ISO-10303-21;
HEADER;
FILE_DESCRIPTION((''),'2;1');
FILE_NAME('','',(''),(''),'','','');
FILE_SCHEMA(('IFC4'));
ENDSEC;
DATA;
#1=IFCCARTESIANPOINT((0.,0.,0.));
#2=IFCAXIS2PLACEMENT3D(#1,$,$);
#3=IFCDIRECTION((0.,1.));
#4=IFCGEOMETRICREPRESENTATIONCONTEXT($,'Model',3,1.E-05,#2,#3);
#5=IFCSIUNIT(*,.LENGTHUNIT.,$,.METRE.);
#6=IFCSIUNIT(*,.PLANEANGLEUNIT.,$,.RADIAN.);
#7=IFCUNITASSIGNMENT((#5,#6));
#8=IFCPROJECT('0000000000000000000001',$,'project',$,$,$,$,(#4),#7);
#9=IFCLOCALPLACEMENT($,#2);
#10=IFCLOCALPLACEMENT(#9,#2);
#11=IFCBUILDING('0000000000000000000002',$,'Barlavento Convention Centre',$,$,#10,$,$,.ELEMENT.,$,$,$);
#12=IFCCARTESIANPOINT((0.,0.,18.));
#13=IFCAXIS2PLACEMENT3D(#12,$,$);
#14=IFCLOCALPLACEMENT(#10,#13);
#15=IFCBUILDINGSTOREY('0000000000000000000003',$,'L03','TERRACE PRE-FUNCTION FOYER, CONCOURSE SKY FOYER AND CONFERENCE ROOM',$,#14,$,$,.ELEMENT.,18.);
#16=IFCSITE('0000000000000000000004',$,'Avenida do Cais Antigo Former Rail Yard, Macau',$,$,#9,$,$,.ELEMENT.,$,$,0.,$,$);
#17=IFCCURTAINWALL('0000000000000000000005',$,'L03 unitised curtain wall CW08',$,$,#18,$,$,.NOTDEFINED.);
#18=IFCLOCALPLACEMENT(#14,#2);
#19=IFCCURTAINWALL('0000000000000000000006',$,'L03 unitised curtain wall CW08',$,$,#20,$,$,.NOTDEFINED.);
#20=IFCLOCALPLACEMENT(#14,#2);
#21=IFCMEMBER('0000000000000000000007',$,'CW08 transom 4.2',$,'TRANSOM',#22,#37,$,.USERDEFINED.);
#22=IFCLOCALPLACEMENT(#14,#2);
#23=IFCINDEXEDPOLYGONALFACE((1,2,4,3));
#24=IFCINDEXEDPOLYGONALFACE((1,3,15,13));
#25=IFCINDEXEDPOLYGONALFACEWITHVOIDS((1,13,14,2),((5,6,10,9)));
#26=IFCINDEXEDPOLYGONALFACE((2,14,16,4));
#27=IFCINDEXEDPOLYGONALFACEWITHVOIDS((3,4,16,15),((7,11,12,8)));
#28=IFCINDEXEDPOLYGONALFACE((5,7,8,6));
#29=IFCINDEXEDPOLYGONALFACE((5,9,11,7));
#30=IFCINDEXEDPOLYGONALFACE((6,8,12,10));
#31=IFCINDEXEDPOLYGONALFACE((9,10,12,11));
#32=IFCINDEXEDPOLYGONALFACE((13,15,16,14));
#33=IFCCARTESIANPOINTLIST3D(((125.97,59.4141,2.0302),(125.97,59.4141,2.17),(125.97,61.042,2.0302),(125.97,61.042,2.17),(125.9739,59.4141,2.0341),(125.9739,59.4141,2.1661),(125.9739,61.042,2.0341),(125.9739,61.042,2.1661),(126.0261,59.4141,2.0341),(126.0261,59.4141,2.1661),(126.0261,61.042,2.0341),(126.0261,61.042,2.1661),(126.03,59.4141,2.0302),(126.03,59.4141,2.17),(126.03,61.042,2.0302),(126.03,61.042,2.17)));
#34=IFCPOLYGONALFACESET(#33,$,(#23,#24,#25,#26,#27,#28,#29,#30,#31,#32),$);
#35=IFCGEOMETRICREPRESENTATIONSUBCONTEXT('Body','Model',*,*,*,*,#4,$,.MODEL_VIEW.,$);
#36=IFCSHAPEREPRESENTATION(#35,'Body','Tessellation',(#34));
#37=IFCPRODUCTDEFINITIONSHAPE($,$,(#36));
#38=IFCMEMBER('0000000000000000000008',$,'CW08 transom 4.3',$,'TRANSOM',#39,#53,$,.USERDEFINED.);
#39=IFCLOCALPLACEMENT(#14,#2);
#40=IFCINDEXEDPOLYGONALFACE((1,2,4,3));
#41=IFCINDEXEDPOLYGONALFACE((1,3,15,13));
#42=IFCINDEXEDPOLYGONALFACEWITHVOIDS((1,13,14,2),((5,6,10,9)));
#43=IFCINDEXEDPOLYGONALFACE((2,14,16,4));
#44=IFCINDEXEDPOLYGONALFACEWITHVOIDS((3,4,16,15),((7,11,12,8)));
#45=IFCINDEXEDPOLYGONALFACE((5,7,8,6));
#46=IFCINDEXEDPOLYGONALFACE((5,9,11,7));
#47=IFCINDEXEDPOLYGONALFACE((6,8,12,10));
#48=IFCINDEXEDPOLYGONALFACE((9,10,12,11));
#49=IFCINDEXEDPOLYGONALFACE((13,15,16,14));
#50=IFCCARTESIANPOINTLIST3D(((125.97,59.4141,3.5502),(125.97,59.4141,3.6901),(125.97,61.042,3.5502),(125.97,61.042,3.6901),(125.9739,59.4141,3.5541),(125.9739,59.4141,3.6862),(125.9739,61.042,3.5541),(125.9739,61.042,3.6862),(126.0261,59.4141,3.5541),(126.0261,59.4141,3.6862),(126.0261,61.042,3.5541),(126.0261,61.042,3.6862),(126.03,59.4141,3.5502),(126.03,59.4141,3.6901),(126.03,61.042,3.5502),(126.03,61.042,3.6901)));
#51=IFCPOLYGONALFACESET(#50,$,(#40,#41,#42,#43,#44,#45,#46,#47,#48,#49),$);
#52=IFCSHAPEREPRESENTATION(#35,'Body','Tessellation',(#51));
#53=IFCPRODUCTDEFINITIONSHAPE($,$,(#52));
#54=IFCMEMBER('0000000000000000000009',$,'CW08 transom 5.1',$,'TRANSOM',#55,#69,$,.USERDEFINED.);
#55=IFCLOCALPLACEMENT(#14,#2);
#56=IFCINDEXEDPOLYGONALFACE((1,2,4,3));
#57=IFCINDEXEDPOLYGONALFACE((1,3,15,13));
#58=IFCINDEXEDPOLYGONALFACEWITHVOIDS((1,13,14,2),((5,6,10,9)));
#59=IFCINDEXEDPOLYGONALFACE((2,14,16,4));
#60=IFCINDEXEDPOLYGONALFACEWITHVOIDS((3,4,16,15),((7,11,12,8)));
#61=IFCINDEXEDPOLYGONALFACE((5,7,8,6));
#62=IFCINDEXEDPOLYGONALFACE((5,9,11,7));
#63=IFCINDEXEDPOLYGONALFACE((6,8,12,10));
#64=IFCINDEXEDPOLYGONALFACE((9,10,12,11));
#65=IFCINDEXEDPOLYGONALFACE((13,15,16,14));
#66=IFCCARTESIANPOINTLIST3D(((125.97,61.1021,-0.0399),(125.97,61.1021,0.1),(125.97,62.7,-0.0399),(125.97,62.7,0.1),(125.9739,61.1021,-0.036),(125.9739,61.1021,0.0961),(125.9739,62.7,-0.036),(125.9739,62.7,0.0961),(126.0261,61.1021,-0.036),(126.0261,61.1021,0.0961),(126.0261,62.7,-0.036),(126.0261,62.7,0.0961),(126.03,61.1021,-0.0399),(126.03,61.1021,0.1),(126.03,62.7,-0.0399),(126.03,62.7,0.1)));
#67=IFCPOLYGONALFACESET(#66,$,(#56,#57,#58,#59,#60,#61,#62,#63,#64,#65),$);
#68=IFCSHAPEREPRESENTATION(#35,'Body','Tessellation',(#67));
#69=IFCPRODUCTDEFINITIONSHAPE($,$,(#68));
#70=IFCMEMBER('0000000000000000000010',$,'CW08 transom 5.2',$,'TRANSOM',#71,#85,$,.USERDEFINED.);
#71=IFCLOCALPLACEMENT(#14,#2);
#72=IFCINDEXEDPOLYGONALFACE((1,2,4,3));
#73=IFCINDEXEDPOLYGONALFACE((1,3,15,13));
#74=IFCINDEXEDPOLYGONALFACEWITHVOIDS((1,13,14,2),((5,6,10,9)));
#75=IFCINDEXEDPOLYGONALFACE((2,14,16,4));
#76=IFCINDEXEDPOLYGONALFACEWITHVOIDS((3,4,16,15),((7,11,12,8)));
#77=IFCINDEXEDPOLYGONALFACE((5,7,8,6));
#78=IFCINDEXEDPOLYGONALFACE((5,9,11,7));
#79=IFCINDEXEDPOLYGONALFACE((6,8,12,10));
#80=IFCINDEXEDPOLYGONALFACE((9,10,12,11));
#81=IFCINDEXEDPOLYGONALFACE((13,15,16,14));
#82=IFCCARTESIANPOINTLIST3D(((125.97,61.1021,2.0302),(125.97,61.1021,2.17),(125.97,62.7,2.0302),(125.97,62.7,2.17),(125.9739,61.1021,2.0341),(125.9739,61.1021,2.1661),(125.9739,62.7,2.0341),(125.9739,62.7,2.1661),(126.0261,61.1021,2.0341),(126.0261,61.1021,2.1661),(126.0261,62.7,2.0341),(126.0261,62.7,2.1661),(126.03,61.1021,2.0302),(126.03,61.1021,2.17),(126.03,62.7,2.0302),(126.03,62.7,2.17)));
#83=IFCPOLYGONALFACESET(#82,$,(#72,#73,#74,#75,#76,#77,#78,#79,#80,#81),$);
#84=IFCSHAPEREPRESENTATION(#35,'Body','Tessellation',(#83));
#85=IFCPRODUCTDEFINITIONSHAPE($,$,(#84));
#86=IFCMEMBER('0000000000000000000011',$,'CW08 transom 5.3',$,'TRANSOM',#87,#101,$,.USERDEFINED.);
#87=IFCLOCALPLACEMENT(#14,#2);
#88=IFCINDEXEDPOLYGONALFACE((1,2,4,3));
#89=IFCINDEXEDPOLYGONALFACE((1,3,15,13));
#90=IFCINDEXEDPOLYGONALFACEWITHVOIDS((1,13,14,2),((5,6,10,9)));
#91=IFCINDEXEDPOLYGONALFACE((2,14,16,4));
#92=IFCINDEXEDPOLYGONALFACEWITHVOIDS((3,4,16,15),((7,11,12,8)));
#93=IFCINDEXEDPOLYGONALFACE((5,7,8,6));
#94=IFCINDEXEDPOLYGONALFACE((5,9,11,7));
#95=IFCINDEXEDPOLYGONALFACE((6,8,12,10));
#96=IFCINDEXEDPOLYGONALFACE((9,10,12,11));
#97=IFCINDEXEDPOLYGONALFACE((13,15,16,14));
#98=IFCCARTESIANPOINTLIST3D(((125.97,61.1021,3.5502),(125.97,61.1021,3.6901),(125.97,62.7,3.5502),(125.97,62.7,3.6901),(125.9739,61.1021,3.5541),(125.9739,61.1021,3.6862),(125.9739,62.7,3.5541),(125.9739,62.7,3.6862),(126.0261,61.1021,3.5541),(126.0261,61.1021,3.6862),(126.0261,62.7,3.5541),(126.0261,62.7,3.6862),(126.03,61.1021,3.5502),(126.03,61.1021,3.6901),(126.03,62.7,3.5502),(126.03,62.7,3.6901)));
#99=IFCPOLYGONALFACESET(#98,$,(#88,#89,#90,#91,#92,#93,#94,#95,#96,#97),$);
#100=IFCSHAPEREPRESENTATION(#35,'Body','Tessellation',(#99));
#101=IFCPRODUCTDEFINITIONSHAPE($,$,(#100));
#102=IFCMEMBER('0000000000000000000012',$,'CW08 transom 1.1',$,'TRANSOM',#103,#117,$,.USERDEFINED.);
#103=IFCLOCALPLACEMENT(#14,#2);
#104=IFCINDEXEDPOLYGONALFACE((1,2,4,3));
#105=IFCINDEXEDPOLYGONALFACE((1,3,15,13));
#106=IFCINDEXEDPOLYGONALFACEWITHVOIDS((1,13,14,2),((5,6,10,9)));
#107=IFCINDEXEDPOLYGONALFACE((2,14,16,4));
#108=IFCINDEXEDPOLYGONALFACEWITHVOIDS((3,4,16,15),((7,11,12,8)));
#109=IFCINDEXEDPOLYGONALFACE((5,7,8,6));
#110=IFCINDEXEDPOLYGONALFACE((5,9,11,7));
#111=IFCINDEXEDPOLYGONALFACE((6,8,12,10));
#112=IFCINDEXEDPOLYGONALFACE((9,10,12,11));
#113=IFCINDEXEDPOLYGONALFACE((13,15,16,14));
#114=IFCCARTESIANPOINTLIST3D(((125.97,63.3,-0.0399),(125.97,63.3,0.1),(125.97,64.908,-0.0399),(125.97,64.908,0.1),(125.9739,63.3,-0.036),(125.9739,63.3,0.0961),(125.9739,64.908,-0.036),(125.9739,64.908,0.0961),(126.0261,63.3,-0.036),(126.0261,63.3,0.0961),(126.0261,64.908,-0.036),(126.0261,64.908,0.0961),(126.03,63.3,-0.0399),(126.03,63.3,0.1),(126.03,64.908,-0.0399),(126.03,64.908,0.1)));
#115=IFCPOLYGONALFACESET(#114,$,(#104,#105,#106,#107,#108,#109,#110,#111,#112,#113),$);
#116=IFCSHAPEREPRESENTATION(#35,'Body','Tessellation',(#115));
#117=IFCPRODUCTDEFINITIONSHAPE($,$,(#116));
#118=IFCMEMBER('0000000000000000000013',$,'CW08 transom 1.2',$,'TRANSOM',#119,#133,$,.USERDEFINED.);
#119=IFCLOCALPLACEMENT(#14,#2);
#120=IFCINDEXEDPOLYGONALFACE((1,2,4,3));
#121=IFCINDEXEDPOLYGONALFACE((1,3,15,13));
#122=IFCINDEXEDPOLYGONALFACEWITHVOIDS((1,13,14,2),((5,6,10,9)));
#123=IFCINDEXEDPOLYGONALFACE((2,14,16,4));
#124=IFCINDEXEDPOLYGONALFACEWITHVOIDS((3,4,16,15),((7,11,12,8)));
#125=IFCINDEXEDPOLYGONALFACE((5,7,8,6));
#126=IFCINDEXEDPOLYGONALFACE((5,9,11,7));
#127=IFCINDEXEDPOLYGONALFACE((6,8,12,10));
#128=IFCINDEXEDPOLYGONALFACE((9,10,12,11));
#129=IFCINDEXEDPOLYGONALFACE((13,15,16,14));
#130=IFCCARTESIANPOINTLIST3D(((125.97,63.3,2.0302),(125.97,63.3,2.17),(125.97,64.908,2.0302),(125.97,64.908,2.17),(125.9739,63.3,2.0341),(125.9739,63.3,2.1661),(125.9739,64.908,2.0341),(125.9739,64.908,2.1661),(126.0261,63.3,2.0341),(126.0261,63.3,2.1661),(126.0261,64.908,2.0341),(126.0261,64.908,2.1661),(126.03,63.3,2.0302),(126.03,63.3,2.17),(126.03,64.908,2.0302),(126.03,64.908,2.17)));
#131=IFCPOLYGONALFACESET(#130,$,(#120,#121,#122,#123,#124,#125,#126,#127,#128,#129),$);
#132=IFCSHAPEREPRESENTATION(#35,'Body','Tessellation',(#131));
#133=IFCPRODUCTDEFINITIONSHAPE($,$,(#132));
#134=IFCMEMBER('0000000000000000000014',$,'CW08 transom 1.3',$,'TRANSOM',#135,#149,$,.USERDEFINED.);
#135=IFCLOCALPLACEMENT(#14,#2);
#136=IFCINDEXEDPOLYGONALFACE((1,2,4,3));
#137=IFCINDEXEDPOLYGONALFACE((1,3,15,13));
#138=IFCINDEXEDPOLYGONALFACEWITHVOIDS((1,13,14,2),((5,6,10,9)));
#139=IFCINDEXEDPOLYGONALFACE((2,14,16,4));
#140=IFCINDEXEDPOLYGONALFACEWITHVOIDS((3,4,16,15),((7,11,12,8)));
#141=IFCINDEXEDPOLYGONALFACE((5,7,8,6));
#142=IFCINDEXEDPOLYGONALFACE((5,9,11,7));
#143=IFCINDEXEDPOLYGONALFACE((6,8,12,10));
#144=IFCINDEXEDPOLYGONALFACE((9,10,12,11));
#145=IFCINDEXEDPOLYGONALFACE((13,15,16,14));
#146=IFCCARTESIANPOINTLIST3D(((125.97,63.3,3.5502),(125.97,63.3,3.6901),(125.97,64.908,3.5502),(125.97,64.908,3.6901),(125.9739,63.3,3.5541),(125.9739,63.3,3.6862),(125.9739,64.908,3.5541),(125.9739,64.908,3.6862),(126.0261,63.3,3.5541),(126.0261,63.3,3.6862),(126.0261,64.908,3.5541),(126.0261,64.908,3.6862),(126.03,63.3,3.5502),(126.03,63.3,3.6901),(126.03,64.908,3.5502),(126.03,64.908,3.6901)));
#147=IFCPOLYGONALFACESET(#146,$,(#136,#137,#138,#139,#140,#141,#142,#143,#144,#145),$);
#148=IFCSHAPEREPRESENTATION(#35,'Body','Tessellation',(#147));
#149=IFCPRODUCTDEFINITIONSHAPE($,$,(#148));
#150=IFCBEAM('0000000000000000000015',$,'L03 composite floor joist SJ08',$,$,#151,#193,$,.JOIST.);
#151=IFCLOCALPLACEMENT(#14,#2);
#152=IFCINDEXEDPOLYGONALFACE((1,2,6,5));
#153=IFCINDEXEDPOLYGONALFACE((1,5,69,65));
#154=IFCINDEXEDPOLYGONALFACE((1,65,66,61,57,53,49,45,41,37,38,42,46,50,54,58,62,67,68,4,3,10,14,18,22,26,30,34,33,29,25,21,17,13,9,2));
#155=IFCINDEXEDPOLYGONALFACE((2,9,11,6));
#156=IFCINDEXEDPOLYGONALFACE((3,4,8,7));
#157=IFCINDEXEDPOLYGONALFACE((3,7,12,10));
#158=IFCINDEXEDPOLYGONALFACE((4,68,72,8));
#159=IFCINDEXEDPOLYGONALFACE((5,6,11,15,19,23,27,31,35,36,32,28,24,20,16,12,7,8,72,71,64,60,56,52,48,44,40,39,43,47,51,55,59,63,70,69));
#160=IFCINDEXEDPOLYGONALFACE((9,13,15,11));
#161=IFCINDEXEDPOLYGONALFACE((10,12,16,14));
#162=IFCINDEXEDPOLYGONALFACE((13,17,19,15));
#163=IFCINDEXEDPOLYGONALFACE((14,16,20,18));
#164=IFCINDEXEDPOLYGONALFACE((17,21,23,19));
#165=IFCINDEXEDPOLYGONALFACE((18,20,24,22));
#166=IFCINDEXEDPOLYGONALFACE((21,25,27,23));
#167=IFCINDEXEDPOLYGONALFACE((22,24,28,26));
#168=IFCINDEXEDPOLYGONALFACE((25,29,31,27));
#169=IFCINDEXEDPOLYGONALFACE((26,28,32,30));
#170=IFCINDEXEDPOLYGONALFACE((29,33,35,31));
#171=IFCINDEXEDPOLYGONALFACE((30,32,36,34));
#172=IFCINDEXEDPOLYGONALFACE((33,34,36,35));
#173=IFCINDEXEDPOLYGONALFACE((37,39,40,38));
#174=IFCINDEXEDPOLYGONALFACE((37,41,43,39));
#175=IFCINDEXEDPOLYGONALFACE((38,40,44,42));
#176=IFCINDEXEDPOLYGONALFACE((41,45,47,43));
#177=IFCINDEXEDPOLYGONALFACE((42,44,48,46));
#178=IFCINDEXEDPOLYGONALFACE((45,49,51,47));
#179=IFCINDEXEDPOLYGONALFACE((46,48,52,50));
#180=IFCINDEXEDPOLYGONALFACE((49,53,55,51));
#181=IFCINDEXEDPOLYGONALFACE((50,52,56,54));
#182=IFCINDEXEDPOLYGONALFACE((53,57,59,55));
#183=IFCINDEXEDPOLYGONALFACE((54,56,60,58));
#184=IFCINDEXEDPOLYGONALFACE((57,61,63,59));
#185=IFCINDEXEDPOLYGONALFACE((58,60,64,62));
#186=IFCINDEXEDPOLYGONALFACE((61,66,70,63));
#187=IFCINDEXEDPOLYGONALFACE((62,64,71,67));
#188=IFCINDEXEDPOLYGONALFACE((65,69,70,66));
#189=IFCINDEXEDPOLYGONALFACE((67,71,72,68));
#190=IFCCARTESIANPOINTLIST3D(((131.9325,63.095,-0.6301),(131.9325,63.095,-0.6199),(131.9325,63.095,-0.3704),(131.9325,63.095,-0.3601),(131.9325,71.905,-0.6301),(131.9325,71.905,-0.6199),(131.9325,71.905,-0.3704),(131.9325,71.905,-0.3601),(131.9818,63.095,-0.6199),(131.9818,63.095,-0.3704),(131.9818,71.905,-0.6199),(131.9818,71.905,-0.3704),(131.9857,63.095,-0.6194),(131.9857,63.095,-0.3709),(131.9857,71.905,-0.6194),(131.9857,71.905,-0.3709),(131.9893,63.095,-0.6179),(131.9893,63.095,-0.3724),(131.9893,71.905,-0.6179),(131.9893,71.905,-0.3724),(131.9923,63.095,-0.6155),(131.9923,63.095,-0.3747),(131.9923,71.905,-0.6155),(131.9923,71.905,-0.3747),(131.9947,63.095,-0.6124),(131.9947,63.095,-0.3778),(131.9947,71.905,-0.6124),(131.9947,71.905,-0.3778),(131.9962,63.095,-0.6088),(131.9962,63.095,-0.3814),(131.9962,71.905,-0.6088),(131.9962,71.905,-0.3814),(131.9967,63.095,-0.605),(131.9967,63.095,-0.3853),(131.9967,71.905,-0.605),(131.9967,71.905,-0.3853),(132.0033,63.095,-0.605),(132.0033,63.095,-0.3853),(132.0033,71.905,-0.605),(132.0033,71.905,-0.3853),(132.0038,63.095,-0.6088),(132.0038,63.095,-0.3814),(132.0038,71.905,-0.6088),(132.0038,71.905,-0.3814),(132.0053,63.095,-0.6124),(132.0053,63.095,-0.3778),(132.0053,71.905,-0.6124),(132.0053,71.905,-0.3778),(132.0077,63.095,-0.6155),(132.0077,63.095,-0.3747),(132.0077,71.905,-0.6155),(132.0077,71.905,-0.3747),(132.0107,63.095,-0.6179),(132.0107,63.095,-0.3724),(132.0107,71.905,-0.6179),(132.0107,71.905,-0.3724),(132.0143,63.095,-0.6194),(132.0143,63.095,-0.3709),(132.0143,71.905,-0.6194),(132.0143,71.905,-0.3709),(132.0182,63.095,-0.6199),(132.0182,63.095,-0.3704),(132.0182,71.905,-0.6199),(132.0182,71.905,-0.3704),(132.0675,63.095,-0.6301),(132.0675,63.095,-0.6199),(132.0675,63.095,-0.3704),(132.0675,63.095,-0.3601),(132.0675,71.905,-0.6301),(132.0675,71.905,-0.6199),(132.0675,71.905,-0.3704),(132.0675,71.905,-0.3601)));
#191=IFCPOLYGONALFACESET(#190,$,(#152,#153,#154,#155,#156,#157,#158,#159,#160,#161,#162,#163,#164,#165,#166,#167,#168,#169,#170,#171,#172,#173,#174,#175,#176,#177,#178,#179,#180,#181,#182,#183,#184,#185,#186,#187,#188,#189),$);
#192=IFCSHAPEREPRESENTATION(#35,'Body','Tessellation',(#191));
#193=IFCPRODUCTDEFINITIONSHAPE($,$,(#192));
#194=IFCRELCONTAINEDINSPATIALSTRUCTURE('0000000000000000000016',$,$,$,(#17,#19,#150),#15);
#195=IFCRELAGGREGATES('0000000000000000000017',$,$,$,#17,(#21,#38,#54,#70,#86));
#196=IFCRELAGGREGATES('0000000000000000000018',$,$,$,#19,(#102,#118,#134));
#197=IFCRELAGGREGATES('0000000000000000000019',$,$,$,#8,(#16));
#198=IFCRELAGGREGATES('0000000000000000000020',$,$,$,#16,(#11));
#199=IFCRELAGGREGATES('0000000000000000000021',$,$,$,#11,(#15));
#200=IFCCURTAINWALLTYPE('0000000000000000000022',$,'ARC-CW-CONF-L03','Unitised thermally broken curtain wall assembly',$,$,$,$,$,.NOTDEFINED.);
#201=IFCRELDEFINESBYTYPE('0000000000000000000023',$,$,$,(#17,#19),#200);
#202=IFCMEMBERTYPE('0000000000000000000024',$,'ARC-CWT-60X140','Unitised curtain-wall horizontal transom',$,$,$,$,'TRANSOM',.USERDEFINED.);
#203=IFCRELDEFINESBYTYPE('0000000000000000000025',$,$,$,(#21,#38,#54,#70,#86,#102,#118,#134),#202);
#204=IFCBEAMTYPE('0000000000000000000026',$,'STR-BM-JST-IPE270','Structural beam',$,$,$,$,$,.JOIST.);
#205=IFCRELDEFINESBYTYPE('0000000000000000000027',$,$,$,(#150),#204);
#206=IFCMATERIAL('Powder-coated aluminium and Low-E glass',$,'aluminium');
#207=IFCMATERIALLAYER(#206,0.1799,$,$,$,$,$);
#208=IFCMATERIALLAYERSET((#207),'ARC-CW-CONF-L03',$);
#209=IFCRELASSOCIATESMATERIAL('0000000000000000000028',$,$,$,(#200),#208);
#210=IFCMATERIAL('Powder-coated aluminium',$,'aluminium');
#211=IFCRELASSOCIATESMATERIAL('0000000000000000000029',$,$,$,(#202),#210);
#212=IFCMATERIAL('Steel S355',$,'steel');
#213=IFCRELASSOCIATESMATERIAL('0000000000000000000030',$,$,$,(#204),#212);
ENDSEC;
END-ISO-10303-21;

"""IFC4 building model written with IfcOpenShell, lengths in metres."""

from ifc_helpers import new_model, si_unit, direction, frame, origin, origin_2d, place, context, subcontext, project, spatial, hollow_rectangle, i_section, extrude, material, layer, layer_set, material_profile, profile_set, type_object, element, aggregate, save


model = new_model("IFC4")

# Units and contexts
model_context = context("Model", 3, precision=1e-05, world=origin(), true_north=direction((0.0, 1.0)))
body_context = subcontext(model_context, "Body", "Model", "MODEL_VIEW")
ifc_project = project(units=[si_unit("LENGTHUNIT", "METRE"), si_unit("PLANEANGLEUNIT", "RADIAN")], contexts=[model_context])

# Site, building, storey
site_placement = place(None, origin())
site = spatial("IfcSite", under=ifc_project, at=site_placement, Name="Avenida do Cais Antigo Former Rail Yard, Macau", CompositionType="ELEMENT", RefElevation=0.0)
building_placement = place(site_placement, origin())
building = spatial("IfcBuilding", under=site, at=building_placement, Name="Barlavento Convention Centre", CompositionType="ELEMENT")
storey_placement = place(building_placement, frame((0.0, 0.0, 18.0)))
storey = spatial("IfcBuildingStorey", under=building, at=storey_placement, Name="L03", Description="TERRACE PRE-FUNCTION FOYER, CONCOURSE SKY FOYER AND CONFERENCE ROOM", CompositionType="ELEMENT", Elevation=18.0)

# Shared definitions
ifc_material_1 = material(Name="Steel S355", Category="steel")

# Curtain wall
ifc_material_2 = material(Name="Powder-coated aluminium and Low-E glass", Category="aluminium")
ifc_layer_1 = layer(ifc_material_2, 0.1799)
ifc_layer_set_1 = layer_set([ifc_layer_1], Name="ARC-CW-CONF-L03")
curtain_wall_type = type_object("IfcCurtainWallType", Name="ARC-CW-CONF-L03", Description="Unitised thermally broken curtain wall assembly", PredefinedType="NOTDEFINED", material=ifc_layer_set_1)
curtain_wall_1_placement = place(storey_placement, origin())
curtain_wall_1 = element("IfcCurtainWall", 1, at=curtain_wall_1_placement, inside=storey, type_object=curtain_wall_type, Name="L03 unitised curtain wall CW08", PredefinedType="NOTDEFINED")
ifc_material_3 = material(Name="Powder-coated aluminium", Category="aluminium")

# Curtain wall
curtain_wall_2_placement = place(storey_placement, origin())
curtain_wall_2 = element("IfcCurtainWall", 2, at=curtain_wall_2_placement, inside=storey, type_object=curtain_wall_type, Name="L03 unitised curtain wall CW08", PredefinedType="NOTDEFINED")

# Members
ifc_material_profile_1 = material_profile(ifc_material_3, hollow_rectangle(XDim=0.0601, YDim=0.1399, WallThickness=0.0039, at=origin_2d()), Name="AL-TRAN 60x140x4")
ifc_profile_set_1 = profile_set([ifc_material_profile_1], Name="Powder-coated aluminium")
member_type_1 = type_object("IfcMemberType", Name="ARC-CWT-60X140", Description="Unitised curtain-wall horizontal transom", ElementType="TRANSOM", PredefinedType="USERDEFINED", material=ifc_profile_set_1)
member_1_placement = place(storey_placement, frame((126.0, 59.4141, 2.1001), z_axis=(0.0, 1.0, 0.0), x_axis=(-1.0, 0.0, 0.0)))
member_1 = element("IfcMember", 3, at=member_1_placement, type_object=member_type_1, Name="CW08 transom 4.2", ObjectType="TRANSOM", PredefinedType="USERDEFINED", context=body_context, shape_type="SweptSolid", body=[
    extrude(hollow_rectangle(XDim=0.0601, YDim=0.1399, WallThickness=0.0039, at=origin_2d()), origin(), (0.0, 0.0, 1.0), 1.6279),
])
member_2_placement = place(storey_placement, frame((126.0, 59.4141, 3.6201), z_axis=(0.0, 1.0, 0.0), x_axis=(-1.0, 0.0, 0.0)))
member_2 = element("IfcMember", 4, at=member_2_placement, type_object=member_type_1, Name="CW08 transom 4.3", ObjectType="TRANSOM", PredefinedType="USERDEFINED", context=body_context, shape_type="SweptSolid", body=[
    extrude(hollow_rectangle(XDim=0.0601, YDim=0.1399, WallThickness=0.0039, at=origin_2d()), origin(), (0.0, 0.0, 1.0), 1.6279),
])
member_3_placement = place(storey_placement, frame((126.0, 61.1021, 0.03), z_axis=(0.0, 1.0, 0.0), x_axis=(-1.0, 0.0, 0.0)))
member_3 = element("IfcMember", 5, at=member_3_placement, type_object=member_type_1, Name="CW08 transom 5.1", ObjectType="TRANSOM", PredefinedType="USERDEFINED", context=body_context, shape_type="SweptSolid", body=[
    extrude(hollow_rectangle(XDim=0.0601, YDim=0.1399, WallThickness=0.0039, at=origin_2d()), origin(), (0.0, 0.0, 1.0), 1.5979),
])
member_4_placement = place(storey_placement, frame((126.0, 61.1021, 2.1001), z_axis=(0.0, 1.0, 0.0), x_axis=(-1.0, 0.0, 0.0)))
member_4 = element("IfcMember", 6, at=member_4_placement, type_object=member_type_1, Name="CW08 transom 5.2", ObjectType="TRANSOM", PredefinedType="USERDEFINED", context=body_context, shape_type="SweptSolid", body=[
    extrude(hollow_rectangle(XDim=0.0601, YDim=0.1399, WallThickness=0.0039, at=origin_2d()), origin(), (0.0, 0.0, 1.0), 1.5979),
])
member_5_placement = place(storey_placement, frame((126.0, 61.1021, 3.6201), z_axis=(0.0, 1.0, 0.0), x_axis=(-1.0, 0.0, 0.0)))
member_5 = element("IfcMember", 7, at=member_5_placement, type_object=member_type_1, Name="CW08 transom 5.3", ObjectType="TRANSOM", PredefinedType="USERDEFINED", context=body_context, shape_type="SweptSolid", body=[
    extrude(hollow_rectangle(XDim=0.0601, YDim=0.1399, WallThickness=0.0039, at=origin_2d()), origin(), (0.0, 0.0, 1.0), 1.5979),
])
member_6_placement = place(storey_placement, frame((126.0, 63.3, 0.03), z_axis=(0.0, 1.0, 0.0), x_axis=(-1.0, 0.0, 0.0)))
member_6 = element("IfcMember", 8, at=member_6_placement, type_object=member_type_1, Name="CW08 transom 1.1", ObjectType="TRANSOM", PredefinedType="USERDEFINED", context=body_context, shape_type="SweptSolid", body=[
    extrude(hollow_rectangle(XDim=0.0601, YDim=0.1399, WallThickness=0.0039, at=origin_2d()), origin(), (0.0, 0.0, 1.0), 1.6079),
])
member_7_placement = place(storey_placement, frame((126.0, 63.3, 2.1001), z_axis=(0.0, 1.0, 0.0), x_axis=(-1.0, 0.0, 0.0)))
member_7 = element("IfcMember", 9, at=member_7_placement, type_object=member_type_1, Name="CW08 transom 1.2", ObjectType="TRANSOM", PredefinedType="USERDEFINED", context=body_context, shape_type="SweptSolid", body=[
    extrude(hollow_rectangle(XDim=0.0601, YDim=0.1399, WallThickness=0.0039, at=origin_2d()), origin(), (0.0, 0.0, 1.0), 1.6079),
])
member_8_placement = place(storey_placement, frame((126.0, 63.3, 3.6201), z_axis=(0.0, 1.0, 0.0), x_axis=(-1.0, 0.0, 0.0)))
member_8 = element("IfcMember", 10, at=member_8_placement, type_object=member_type_1, Name="CW08 transom 1.3", ObjectType="TRANSOM", PredefinedType="USERDEFINED", context=body_context, shape_type="SweptSolid", body=[
    extrude(hollow_rectangle(XDim=0.0601, YDim=0.1399, WallThickness=0.0039, at=origin_2d()), origin(), (0.0, 0.0, 1.0), 1.6079),
])

# Beam
ifc_material_profile_2 = material_profile(ifc_material_1, i_section(OverallWidth=0.135, OverallDepth=0.27, WebThickness=0.0066, FlangeThickness=0.0103, FilletRadius=0.0149, at=origin_2d()), Name="IPE 270")
ifc_profile_set_2 = profile_set([ifc_material_profile_2], Name="Steel S355")
beam_type_1 = type_object("IfcBeamType", Name="STR-BM-JST-IPE270", Description="Structural beam", PredefinedType="JOIST", material=ifc_profile_set_2)
beam_1_placement = place(storey_placement, frame((132.0, 63.095, -0.4951), z_axis=(0.0, 1.0, 0.0), x_axis=(-1.0, 0.0, 0.0)))
element("IfcBeam", 11, at=beam_1_placement, inside=storey, type_object=beam_type_1, Name="L03 composite floor joist SJ08", PredefinedType="JOIST", context=body_context, shape_type="SweptSolid", body=[
    extrude(i_section(OverallWidth=0.135, OverallDepth=0.27, WebThickness=0.0066, FlangeThickness=0.0103, FilletRadius=0.0149, at=origin_2d()), origin(), (0.0, 0.0, 1.0), 8.8101),
])

aggregate(curtain_wall_1, [member_1, member_2, member_3, member_4, member_5])
aggregate(curtain_wall_2, [member_6, member_7, member_8])

save(model, "model.ifc")
